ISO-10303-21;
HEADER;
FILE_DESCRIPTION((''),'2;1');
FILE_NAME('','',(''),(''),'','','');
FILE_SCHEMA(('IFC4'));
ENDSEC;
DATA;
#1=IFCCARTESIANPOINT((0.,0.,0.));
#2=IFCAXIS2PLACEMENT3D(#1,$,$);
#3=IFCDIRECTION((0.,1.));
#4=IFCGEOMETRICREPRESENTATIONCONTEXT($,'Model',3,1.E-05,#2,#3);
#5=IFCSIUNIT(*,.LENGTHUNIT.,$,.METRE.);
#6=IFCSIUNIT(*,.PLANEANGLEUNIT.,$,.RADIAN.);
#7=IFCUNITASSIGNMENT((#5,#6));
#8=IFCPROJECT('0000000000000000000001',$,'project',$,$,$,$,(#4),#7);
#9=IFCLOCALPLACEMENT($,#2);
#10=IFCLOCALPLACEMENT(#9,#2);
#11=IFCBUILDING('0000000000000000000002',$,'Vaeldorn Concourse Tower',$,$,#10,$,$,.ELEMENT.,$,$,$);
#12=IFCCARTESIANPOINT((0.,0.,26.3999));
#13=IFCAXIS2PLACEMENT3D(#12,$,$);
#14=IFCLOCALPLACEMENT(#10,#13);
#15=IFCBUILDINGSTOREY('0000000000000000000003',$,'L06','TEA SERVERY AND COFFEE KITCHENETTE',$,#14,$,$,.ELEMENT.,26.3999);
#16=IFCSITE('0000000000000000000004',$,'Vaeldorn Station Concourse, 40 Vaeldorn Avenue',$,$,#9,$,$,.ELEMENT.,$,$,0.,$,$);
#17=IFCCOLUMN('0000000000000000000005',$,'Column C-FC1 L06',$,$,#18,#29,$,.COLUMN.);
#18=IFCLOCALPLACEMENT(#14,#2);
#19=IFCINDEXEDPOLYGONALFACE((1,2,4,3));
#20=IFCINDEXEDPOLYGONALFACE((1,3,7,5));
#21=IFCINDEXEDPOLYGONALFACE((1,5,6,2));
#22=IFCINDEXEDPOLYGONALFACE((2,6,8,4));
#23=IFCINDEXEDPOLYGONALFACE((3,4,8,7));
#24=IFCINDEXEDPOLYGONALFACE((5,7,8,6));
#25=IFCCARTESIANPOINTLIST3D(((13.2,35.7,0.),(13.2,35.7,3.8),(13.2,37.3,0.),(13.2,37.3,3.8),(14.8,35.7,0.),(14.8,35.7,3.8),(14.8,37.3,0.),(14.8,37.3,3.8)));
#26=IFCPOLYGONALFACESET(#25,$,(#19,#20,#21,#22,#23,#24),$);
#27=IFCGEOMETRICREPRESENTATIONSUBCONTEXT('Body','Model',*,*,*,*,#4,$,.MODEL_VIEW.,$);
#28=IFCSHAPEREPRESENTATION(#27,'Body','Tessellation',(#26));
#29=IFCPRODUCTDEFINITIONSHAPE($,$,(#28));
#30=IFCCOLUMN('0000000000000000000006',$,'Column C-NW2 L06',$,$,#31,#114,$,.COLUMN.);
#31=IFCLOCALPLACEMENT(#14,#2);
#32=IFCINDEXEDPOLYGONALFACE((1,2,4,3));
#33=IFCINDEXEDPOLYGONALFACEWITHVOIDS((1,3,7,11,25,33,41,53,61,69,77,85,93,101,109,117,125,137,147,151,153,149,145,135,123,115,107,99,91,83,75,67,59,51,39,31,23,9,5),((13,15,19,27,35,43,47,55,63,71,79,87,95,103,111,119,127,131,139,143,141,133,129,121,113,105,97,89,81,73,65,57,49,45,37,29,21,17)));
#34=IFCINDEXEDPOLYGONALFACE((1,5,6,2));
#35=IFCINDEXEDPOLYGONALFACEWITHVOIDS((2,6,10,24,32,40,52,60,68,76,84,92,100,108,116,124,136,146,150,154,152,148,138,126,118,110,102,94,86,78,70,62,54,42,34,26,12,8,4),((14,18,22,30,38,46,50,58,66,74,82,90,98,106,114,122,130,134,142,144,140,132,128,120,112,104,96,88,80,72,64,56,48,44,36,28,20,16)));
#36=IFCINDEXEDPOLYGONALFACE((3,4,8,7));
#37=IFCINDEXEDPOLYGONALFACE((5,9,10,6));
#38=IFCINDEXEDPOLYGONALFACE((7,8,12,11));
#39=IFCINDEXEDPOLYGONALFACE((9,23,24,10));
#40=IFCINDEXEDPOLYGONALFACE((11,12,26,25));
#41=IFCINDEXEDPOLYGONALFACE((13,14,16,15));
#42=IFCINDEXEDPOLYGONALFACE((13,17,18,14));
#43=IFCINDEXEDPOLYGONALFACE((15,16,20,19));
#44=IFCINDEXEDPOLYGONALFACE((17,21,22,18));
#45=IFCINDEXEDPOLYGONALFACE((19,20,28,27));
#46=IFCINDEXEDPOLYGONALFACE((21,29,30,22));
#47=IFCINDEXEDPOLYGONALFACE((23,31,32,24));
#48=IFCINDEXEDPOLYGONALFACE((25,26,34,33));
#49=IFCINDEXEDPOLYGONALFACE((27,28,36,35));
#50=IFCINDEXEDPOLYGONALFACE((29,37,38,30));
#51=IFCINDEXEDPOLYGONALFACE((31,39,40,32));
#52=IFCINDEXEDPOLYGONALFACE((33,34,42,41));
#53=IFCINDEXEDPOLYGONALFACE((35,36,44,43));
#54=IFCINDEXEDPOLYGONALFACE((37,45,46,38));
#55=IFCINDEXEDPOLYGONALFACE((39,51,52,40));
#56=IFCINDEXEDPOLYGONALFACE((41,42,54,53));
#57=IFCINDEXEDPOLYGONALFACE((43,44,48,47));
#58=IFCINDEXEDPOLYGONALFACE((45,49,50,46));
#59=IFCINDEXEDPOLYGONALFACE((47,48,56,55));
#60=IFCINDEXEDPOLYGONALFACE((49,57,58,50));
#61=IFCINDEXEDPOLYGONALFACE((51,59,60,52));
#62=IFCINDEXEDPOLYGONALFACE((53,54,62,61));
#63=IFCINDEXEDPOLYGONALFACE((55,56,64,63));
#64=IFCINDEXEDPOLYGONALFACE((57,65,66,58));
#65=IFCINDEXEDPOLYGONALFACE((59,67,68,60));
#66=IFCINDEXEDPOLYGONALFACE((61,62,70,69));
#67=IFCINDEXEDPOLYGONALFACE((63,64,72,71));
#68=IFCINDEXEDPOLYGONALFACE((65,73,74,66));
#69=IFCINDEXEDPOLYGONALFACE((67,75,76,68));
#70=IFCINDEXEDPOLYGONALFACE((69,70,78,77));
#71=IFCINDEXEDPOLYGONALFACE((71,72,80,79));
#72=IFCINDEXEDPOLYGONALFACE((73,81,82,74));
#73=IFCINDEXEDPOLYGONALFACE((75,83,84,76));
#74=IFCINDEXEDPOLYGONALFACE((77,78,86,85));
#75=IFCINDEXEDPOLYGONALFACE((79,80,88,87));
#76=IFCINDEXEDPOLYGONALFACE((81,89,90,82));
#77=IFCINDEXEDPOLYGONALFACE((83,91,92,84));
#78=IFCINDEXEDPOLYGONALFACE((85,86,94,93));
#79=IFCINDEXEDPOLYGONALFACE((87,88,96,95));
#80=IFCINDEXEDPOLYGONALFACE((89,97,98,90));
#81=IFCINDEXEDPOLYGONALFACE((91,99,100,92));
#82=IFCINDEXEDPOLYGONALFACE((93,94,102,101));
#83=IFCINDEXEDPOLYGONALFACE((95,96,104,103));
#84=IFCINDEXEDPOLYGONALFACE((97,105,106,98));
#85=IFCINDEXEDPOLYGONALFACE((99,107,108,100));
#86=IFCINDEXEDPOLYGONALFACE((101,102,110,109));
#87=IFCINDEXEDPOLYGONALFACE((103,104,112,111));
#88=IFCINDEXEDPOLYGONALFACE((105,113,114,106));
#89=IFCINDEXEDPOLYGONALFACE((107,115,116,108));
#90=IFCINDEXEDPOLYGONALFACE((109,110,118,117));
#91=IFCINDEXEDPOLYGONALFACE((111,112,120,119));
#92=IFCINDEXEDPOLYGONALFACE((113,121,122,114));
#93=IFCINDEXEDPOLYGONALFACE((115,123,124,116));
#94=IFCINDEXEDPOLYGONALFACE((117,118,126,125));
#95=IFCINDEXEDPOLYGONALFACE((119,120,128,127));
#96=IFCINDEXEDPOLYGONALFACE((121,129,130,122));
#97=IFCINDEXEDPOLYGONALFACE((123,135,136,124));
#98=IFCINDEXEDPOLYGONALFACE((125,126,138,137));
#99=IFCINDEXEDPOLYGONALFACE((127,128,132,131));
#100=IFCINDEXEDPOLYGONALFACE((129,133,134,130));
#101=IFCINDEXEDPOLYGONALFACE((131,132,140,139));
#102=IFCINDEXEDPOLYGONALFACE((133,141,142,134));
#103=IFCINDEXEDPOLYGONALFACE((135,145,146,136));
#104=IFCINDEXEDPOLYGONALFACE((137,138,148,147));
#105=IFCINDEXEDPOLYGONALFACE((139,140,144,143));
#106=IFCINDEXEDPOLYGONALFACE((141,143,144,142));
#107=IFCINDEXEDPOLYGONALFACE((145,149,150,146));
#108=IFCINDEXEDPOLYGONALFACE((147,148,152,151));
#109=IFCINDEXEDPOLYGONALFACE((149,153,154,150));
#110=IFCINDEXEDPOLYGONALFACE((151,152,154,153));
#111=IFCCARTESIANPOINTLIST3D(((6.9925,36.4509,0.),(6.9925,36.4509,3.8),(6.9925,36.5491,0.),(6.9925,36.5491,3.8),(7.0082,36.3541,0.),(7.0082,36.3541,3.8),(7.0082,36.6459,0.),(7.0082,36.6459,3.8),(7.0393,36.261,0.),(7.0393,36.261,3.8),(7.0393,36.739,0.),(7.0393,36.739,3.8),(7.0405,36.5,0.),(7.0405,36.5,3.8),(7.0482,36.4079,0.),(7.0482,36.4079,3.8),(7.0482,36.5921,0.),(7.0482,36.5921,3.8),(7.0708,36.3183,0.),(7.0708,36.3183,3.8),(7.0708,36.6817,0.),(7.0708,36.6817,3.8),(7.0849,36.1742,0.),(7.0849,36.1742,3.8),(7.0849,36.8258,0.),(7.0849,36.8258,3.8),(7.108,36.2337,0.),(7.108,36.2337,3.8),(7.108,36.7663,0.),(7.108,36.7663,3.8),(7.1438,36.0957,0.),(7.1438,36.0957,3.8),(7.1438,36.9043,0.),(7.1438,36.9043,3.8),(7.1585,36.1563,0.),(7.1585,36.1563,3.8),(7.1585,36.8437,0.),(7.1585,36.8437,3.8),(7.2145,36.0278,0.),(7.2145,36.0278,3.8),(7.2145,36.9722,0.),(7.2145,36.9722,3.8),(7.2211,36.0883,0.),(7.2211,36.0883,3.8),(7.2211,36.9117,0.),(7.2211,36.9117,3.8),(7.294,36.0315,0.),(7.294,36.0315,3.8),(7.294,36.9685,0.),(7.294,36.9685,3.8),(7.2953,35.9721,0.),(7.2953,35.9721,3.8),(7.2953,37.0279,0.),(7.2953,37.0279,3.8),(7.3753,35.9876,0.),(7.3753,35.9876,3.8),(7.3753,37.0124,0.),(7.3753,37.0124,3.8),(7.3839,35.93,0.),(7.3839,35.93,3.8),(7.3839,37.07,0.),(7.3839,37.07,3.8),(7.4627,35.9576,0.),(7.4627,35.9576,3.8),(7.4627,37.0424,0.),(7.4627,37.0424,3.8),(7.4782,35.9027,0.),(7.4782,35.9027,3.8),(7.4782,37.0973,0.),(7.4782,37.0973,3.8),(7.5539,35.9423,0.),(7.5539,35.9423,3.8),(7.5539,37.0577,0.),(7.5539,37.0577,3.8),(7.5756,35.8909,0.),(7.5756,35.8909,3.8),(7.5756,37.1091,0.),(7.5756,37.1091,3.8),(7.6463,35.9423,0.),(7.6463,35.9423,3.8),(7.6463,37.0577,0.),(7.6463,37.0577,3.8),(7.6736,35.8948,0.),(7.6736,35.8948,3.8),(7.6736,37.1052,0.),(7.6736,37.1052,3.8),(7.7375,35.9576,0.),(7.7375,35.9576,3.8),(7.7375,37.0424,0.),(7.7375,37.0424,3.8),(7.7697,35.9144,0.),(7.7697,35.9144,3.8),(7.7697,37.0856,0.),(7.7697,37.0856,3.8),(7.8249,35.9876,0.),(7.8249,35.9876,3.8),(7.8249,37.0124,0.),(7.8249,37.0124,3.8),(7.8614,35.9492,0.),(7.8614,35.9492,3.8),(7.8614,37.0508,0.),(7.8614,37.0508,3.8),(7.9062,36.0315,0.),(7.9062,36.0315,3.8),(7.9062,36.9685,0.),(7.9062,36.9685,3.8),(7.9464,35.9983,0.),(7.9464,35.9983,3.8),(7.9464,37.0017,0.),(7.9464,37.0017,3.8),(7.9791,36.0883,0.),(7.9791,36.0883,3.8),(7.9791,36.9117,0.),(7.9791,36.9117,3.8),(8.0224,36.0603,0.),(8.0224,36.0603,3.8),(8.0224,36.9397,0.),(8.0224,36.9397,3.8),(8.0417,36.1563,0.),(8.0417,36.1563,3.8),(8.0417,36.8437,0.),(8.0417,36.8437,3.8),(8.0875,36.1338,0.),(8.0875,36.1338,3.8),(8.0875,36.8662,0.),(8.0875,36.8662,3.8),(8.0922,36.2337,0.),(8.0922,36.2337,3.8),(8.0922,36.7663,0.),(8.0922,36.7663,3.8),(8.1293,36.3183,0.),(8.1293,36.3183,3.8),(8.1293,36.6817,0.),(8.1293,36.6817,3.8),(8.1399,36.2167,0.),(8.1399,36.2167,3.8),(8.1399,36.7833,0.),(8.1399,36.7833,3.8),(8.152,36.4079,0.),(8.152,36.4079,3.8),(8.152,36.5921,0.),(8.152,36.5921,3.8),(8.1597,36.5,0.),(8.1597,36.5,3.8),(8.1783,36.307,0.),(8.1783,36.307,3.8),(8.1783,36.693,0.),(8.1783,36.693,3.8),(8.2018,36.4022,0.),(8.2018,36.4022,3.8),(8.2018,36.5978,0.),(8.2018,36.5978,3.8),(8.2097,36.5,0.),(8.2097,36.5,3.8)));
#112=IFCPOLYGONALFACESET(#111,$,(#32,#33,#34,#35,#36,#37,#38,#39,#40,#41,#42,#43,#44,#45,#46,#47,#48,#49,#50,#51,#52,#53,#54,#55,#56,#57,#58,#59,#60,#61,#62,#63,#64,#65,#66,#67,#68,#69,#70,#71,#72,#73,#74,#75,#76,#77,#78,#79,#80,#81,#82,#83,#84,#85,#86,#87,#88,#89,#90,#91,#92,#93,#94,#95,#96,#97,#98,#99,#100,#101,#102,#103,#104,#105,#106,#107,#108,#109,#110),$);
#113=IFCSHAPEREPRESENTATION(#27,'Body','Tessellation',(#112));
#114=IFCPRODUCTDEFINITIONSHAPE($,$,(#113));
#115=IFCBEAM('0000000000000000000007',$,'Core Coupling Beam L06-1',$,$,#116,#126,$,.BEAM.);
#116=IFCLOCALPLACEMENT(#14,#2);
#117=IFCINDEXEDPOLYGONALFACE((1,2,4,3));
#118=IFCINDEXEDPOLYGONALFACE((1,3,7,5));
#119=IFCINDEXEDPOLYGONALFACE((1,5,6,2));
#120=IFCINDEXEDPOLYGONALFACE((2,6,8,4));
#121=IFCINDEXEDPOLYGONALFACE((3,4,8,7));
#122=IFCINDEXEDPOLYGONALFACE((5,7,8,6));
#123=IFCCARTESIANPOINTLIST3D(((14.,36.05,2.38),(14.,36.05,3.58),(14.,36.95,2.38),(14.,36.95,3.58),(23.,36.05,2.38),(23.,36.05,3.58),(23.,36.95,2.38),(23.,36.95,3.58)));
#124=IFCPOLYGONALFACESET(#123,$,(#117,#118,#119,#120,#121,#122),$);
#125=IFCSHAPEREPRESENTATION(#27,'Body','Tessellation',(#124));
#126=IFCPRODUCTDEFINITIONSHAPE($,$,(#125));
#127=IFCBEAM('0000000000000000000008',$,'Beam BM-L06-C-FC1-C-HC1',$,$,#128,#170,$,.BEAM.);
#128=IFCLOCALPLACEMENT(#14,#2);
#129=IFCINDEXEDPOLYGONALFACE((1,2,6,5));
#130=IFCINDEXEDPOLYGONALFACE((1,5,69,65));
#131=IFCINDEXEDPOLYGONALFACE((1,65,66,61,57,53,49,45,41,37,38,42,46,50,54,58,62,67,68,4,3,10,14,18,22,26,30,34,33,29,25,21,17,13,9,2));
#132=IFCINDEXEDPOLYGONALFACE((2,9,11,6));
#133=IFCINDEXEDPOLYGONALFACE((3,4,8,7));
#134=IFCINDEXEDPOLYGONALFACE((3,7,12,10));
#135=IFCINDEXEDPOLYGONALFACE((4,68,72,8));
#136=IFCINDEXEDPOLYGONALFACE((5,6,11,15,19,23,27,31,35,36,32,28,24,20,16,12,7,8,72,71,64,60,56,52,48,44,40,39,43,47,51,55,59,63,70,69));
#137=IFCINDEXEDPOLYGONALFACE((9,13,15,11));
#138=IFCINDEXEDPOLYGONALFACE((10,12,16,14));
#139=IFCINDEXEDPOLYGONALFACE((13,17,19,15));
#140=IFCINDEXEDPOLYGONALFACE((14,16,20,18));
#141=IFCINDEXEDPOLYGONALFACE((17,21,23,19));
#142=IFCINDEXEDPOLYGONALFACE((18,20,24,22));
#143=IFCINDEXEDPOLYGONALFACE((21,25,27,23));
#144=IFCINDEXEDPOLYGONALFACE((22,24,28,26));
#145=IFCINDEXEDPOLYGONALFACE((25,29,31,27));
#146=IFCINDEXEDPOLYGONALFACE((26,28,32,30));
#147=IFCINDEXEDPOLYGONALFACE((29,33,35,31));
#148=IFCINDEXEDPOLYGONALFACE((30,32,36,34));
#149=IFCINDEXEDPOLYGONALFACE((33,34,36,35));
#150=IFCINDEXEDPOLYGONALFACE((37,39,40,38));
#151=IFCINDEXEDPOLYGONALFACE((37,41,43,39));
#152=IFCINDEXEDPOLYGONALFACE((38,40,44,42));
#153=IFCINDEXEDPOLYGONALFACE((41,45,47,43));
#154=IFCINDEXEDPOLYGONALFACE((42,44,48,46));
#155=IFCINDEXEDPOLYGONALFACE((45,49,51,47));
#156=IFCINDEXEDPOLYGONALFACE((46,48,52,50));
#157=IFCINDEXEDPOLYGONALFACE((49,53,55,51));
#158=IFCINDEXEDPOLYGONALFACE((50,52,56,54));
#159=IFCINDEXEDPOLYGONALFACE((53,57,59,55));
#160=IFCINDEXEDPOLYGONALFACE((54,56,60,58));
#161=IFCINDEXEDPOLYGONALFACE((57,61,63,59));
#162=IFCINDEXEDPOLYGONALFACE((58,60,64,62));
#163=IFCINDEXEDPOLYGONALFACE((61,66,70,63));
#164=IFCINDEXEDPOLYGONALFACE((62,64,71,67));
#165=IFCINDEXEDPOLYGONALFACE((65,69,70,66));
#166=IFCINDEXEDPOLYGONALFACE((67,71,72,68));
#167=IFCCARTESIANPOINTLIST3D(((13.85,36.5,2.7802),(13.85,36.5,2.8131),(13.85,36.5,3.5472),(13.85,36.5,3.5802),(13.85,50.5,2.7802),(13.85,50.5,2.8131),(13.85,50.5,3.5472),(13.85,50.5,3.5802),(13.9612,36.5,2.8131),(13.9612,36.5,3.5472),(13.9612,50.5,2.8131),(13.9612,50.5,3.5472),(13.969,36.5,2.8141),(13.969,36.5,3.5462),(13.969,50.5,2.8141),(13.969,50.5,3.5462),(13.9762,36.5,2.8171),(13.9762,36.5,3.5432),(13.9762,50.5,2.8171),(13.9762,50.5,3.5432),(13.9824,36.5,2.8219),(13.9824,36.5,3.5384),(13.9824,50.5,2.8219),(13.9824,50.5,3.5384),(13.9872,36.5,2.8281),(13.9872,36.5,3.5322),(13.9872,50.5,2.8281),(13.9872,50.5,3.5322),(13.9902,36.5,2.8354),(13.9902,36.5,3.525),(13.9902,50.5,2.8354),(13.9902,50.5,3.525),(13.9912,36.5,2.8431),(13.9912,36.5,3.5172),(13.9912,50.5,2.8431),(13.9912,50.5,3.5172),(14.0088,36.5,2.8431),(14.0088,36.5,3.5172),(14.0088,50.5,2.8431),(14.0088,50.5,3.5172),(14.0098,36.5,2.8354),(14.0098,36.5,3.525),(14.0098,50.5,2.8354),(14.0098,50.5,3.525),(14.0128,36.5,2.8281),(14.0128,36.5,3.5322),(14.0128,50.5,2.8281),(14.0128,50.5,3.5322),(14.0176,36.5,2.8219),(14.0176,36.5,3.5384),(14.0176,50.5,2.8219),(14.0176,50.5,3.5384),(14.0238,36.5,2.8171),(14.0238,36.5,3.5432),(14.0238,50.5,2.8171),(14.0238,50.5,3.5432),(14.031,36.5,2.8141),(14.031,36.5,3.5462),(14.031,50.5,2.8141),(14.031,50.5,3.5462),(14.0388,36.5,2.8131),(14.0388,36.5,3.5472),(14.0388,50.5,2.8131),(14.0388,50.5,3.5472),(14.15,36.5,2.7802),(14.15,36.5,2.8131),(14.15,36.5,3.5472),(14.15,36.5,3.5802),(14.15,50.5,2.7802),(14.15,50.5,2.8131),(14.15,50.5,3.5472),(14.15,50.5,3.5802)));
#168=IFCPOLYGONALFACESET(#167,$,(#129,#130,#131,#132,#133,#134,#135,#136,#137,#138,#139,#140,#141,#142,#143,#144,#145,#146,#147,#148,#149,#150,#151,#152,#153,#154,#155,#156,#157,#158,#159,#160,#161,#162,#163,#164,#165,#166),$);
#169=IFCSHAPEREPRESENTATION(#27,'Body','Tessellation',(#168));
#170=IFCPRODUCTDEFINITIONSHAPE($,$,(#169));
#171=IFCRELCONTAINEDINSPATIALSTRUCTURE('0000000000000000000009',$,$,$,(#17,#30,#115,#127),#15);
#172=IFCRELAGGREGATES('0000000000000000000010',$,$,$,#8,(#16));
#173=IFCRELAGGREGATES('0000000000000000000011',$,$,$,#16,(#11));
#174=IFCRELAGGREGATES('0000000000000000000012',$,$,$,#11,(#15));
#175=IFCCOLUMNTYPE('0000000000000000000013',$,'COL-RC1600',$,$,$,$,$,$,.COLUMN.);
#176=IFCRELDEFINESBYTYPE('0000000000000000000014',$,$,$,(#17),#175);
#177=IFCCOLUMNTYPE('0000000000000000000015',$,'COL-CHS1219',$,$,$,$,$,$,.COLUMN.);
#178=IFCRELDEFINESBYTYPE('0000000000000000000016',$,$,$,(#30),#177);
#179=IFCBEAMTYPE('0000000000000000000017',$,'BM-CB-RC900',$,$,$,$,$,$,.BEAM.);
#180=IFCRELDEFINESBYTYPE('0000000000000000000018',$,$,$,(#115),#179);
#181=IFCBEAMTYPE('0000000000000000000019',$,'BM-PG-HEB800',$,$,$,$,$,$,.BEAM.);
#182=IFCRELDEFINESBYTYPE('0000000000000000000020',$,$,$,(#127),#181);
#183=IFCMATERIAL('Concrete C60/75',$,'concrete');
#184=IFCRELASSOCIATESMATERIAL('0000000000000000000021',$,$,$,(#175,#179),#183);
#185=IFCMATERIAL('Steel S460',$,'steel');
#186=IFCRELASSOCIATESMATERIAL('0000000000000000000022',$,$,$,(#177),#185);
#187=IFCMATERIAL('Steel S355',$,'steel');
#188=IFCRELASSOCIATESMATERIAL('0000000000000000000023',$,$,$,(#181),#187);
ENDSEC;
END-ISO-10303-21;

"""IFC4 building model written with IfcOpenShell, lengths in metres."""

from ifc_helpers import new_model, si_unit, direction, frame, origin, origin_2d, place, context, subcontext, project, spatial, rectangle, hollow_circle, i_section, extrude, source, transform, mapped, material, material_profile, profile_set, type_object, element, save


model = new_model("IFC4")

# Units and contexts
model_context = context("Model", 3, precision=1e-05, world=origin(), true_north=direction((0.0, 1.0)))
body_context = subcontext(model_context, "Body", "Model", "MODEL_VIEW")
ifc_project = project(units=[si_unit("LENGTHUNIT", "METRE"), si_unit("PLANEANGLEUNIT", "RADIAN")], contexts=[model_context])

# Site, building, storey
site_placement = place(None, origin())
site = spatial("IfcSite", under=ifc_project, at=site_placement, Name="Vaeldorn Station Concourse, 40 Vaeldorn Avenue", CompositionType="ELEMENT", RefElevation=0.0)
building_placement = place(site_placement, origin())
building = spatial("IfcBuilding", under=site, at=building_placement, Name="Vaeldorn Concourse Tower", CompositionType="ELEMENT")
storey_placement = place(building_placement, frame((0.0, 0.0, 26.3999)))
storey = spatial("IfcBuildingStorey", under=building, at=storey_placement, Name="L06", Description="TEA SERVERY AND COFFEE KITCHENETTE", CompositionType="ELEMENT", Elevation=26.3999)

# Columns
ifc_material_1 = material(Name="Concrete C60/75", Category="concrete")
ifc_material_profile_1 = material_profile(ifc_material_1, rectangle(XDim=1.6001, YDim=1.6001, at=origin_2d()), Name="RC 1600x1600")
ifc_profile_set_1 = profile_set([ifc_material_profile_1], Name="Concrete C60/75")
column_type_1 = type_object("IfcColumnType", Name="COL-RC1600", PredefinedType="COLUMN", material=ifc_profile_set_1)
shared_shape_1 = source(origin(), body_context, "Body", "SweptSolid", [
    extrude(rectangle(XDim=1.6001, YDim=1.6001, at=origin_2d()), origin(), (0.0, 0.0, 1.0), 3.8),
])
column_1_placement = place(storey_placement, frame((14.0, 36.5, 0.0), z_axis=(0.0, 0.0, 1.0), x_axis=(1.0, 0.0, 0.0)))
element("IfcColumn", 1, at=column_1_placement, inside=storey, type_object=column_type_1, Name="Column C-FC1 L06", PredefinedType="COLUMN", context=body_context, shape_type="MappedRepresentation", body=[
    mapped(shared_shape_1, transform((0.0, 0.0, 0.0), scale=1.0)),
])
ifc_material_2 = material(Name="Steel S460", Category="steel")
ifc_material_profile_2 = material_profile(ifc_material_2, hollow_circle(Radius=0.6096, WallThickness=0.05, at=origin_2d()), Name="CHS 1219x50")
ifc_profile_set_2 = profile_set([ifc_material_profile_2], Name="Steel S460")
column_type_2 = type_object("IfcColumnType", Name="COL-CHS1219", PredefinedType="COLUMN", material=ifc_profile_set_2)
shared_shape_2 = source(origin(), body_context, "Body", "SweptSolid", [
    extrude(hollow_circle(Radius=0.6096, WallThickness=0.05, at=origin_2d()), origin(), (0.0, 0.0, 1.0), 3.8),
])
column_2_placement = place(storey_placement, frame((7.6001, 36.5, 0.0), z_axis=(0.0, 0.0, 1.0), x_axis=(1.0, 0.0, 0.0)))
element("IfcColumn", 2, at=column_2_placement, inside=storey, type_object=column_type_2, Name="Column C-NW2 L06", PredefinedType="COLUMN", context=body_context, shape_type="MappedRepresentation", body=[
    mapped(shared_shape_2, transform((0.0, 0.0, 0.0), scale=1.0)),
])

# Beams
ifc_material_profile_3 = material_profile(ifc_material_1, rectangle(XDim=0.8999, YDim=1.2, at=origin_2d()), Name="RC 900x1200")
ifc_profile_set_3 = profile_set([ifc_material_profile_3], Name="Concrete C60/75")
beam_type_1 = type_object("IfcBeamType", Name="BM-CB-RC900", PredefinedType="BEAM", material=ifc_profile_set_3)
shared_shape_3 = source(origin(), body_context, "Body", "SweptSolid", [
    extrude(rectangle(XDim=0.8999, YDim=1.2, at=origin_2d()), origin(), (0.0, 0.0, 1.0), 9.0),
])
beam_1_placement = place(storey_placement, frame((14.0, 36.5, 2.98), z_axis=(1.0, 0.0, 0.0), x_axis=(0.0, 1.0, 0.0)))
element("IfcBeam", 3, at=beam_1_placement, inside=storey, type_object=beam_type_1, Name="Core Coupling Beam L06-1", PredefinedType="BEAM", context=body_context, shape_type="MappedRepresentation", body=[
    mapped(shared_shape_3, transform((0.0, 0.0, 0.0), scale=1.0)),
])
ifc_material_3 = material(Name="Steel S355", Category="steel")
ifc_material_profile_4 = material_profile(ifc_material_3, i_section(OverallWidth=0.3, OverallDepth=0.8, WebThickness=0.0176, FlangeThickness=0.033, FilletRadius=0.03, at=origin_2d()), Name="HEB 800")
ifc_profile_set_4 = profile_set([ifc_material_profile_4], Name="Steel S355")
beam_type_2 = type_object("IfcBeamType", Name="BM-PG-HEB800", PredefinedType="BEAM", material=ifc_profile_set_4)
shared_shape_4 = source(origin(), body_context, "Body", "SweptSolid", [
    extrude(i_section(OverallWidth=0.3, OverallDepth=0.8, WebThickness=0.0176, FlangeThickness=0.033, FilletRadius=0.03, at=origin_2d()), origin(), (0.0, 0.0, 1.0), 14.0),
])
beam_2_placement = place(storey_placement, frame((14.0, 36.5, 3.1802), z_axis=(0.0, 1.0, 0.0), x_axis=(-1.0, 0.0, 0.0)))
element("IfcBeam", 4, at=beam_2_placement, inside=storey, type_object=beam_type_2, Name="Beam BM-L06-C-FC1-C-HC1", PredefinedType="BEAM", context=body_context, shape_type="MappedRepresentation", body=[
    mapped(shared_shape_4, transform((0.0, 0.0, 0.0), scale=1.0)),
])

save(model, "model.ifc")
